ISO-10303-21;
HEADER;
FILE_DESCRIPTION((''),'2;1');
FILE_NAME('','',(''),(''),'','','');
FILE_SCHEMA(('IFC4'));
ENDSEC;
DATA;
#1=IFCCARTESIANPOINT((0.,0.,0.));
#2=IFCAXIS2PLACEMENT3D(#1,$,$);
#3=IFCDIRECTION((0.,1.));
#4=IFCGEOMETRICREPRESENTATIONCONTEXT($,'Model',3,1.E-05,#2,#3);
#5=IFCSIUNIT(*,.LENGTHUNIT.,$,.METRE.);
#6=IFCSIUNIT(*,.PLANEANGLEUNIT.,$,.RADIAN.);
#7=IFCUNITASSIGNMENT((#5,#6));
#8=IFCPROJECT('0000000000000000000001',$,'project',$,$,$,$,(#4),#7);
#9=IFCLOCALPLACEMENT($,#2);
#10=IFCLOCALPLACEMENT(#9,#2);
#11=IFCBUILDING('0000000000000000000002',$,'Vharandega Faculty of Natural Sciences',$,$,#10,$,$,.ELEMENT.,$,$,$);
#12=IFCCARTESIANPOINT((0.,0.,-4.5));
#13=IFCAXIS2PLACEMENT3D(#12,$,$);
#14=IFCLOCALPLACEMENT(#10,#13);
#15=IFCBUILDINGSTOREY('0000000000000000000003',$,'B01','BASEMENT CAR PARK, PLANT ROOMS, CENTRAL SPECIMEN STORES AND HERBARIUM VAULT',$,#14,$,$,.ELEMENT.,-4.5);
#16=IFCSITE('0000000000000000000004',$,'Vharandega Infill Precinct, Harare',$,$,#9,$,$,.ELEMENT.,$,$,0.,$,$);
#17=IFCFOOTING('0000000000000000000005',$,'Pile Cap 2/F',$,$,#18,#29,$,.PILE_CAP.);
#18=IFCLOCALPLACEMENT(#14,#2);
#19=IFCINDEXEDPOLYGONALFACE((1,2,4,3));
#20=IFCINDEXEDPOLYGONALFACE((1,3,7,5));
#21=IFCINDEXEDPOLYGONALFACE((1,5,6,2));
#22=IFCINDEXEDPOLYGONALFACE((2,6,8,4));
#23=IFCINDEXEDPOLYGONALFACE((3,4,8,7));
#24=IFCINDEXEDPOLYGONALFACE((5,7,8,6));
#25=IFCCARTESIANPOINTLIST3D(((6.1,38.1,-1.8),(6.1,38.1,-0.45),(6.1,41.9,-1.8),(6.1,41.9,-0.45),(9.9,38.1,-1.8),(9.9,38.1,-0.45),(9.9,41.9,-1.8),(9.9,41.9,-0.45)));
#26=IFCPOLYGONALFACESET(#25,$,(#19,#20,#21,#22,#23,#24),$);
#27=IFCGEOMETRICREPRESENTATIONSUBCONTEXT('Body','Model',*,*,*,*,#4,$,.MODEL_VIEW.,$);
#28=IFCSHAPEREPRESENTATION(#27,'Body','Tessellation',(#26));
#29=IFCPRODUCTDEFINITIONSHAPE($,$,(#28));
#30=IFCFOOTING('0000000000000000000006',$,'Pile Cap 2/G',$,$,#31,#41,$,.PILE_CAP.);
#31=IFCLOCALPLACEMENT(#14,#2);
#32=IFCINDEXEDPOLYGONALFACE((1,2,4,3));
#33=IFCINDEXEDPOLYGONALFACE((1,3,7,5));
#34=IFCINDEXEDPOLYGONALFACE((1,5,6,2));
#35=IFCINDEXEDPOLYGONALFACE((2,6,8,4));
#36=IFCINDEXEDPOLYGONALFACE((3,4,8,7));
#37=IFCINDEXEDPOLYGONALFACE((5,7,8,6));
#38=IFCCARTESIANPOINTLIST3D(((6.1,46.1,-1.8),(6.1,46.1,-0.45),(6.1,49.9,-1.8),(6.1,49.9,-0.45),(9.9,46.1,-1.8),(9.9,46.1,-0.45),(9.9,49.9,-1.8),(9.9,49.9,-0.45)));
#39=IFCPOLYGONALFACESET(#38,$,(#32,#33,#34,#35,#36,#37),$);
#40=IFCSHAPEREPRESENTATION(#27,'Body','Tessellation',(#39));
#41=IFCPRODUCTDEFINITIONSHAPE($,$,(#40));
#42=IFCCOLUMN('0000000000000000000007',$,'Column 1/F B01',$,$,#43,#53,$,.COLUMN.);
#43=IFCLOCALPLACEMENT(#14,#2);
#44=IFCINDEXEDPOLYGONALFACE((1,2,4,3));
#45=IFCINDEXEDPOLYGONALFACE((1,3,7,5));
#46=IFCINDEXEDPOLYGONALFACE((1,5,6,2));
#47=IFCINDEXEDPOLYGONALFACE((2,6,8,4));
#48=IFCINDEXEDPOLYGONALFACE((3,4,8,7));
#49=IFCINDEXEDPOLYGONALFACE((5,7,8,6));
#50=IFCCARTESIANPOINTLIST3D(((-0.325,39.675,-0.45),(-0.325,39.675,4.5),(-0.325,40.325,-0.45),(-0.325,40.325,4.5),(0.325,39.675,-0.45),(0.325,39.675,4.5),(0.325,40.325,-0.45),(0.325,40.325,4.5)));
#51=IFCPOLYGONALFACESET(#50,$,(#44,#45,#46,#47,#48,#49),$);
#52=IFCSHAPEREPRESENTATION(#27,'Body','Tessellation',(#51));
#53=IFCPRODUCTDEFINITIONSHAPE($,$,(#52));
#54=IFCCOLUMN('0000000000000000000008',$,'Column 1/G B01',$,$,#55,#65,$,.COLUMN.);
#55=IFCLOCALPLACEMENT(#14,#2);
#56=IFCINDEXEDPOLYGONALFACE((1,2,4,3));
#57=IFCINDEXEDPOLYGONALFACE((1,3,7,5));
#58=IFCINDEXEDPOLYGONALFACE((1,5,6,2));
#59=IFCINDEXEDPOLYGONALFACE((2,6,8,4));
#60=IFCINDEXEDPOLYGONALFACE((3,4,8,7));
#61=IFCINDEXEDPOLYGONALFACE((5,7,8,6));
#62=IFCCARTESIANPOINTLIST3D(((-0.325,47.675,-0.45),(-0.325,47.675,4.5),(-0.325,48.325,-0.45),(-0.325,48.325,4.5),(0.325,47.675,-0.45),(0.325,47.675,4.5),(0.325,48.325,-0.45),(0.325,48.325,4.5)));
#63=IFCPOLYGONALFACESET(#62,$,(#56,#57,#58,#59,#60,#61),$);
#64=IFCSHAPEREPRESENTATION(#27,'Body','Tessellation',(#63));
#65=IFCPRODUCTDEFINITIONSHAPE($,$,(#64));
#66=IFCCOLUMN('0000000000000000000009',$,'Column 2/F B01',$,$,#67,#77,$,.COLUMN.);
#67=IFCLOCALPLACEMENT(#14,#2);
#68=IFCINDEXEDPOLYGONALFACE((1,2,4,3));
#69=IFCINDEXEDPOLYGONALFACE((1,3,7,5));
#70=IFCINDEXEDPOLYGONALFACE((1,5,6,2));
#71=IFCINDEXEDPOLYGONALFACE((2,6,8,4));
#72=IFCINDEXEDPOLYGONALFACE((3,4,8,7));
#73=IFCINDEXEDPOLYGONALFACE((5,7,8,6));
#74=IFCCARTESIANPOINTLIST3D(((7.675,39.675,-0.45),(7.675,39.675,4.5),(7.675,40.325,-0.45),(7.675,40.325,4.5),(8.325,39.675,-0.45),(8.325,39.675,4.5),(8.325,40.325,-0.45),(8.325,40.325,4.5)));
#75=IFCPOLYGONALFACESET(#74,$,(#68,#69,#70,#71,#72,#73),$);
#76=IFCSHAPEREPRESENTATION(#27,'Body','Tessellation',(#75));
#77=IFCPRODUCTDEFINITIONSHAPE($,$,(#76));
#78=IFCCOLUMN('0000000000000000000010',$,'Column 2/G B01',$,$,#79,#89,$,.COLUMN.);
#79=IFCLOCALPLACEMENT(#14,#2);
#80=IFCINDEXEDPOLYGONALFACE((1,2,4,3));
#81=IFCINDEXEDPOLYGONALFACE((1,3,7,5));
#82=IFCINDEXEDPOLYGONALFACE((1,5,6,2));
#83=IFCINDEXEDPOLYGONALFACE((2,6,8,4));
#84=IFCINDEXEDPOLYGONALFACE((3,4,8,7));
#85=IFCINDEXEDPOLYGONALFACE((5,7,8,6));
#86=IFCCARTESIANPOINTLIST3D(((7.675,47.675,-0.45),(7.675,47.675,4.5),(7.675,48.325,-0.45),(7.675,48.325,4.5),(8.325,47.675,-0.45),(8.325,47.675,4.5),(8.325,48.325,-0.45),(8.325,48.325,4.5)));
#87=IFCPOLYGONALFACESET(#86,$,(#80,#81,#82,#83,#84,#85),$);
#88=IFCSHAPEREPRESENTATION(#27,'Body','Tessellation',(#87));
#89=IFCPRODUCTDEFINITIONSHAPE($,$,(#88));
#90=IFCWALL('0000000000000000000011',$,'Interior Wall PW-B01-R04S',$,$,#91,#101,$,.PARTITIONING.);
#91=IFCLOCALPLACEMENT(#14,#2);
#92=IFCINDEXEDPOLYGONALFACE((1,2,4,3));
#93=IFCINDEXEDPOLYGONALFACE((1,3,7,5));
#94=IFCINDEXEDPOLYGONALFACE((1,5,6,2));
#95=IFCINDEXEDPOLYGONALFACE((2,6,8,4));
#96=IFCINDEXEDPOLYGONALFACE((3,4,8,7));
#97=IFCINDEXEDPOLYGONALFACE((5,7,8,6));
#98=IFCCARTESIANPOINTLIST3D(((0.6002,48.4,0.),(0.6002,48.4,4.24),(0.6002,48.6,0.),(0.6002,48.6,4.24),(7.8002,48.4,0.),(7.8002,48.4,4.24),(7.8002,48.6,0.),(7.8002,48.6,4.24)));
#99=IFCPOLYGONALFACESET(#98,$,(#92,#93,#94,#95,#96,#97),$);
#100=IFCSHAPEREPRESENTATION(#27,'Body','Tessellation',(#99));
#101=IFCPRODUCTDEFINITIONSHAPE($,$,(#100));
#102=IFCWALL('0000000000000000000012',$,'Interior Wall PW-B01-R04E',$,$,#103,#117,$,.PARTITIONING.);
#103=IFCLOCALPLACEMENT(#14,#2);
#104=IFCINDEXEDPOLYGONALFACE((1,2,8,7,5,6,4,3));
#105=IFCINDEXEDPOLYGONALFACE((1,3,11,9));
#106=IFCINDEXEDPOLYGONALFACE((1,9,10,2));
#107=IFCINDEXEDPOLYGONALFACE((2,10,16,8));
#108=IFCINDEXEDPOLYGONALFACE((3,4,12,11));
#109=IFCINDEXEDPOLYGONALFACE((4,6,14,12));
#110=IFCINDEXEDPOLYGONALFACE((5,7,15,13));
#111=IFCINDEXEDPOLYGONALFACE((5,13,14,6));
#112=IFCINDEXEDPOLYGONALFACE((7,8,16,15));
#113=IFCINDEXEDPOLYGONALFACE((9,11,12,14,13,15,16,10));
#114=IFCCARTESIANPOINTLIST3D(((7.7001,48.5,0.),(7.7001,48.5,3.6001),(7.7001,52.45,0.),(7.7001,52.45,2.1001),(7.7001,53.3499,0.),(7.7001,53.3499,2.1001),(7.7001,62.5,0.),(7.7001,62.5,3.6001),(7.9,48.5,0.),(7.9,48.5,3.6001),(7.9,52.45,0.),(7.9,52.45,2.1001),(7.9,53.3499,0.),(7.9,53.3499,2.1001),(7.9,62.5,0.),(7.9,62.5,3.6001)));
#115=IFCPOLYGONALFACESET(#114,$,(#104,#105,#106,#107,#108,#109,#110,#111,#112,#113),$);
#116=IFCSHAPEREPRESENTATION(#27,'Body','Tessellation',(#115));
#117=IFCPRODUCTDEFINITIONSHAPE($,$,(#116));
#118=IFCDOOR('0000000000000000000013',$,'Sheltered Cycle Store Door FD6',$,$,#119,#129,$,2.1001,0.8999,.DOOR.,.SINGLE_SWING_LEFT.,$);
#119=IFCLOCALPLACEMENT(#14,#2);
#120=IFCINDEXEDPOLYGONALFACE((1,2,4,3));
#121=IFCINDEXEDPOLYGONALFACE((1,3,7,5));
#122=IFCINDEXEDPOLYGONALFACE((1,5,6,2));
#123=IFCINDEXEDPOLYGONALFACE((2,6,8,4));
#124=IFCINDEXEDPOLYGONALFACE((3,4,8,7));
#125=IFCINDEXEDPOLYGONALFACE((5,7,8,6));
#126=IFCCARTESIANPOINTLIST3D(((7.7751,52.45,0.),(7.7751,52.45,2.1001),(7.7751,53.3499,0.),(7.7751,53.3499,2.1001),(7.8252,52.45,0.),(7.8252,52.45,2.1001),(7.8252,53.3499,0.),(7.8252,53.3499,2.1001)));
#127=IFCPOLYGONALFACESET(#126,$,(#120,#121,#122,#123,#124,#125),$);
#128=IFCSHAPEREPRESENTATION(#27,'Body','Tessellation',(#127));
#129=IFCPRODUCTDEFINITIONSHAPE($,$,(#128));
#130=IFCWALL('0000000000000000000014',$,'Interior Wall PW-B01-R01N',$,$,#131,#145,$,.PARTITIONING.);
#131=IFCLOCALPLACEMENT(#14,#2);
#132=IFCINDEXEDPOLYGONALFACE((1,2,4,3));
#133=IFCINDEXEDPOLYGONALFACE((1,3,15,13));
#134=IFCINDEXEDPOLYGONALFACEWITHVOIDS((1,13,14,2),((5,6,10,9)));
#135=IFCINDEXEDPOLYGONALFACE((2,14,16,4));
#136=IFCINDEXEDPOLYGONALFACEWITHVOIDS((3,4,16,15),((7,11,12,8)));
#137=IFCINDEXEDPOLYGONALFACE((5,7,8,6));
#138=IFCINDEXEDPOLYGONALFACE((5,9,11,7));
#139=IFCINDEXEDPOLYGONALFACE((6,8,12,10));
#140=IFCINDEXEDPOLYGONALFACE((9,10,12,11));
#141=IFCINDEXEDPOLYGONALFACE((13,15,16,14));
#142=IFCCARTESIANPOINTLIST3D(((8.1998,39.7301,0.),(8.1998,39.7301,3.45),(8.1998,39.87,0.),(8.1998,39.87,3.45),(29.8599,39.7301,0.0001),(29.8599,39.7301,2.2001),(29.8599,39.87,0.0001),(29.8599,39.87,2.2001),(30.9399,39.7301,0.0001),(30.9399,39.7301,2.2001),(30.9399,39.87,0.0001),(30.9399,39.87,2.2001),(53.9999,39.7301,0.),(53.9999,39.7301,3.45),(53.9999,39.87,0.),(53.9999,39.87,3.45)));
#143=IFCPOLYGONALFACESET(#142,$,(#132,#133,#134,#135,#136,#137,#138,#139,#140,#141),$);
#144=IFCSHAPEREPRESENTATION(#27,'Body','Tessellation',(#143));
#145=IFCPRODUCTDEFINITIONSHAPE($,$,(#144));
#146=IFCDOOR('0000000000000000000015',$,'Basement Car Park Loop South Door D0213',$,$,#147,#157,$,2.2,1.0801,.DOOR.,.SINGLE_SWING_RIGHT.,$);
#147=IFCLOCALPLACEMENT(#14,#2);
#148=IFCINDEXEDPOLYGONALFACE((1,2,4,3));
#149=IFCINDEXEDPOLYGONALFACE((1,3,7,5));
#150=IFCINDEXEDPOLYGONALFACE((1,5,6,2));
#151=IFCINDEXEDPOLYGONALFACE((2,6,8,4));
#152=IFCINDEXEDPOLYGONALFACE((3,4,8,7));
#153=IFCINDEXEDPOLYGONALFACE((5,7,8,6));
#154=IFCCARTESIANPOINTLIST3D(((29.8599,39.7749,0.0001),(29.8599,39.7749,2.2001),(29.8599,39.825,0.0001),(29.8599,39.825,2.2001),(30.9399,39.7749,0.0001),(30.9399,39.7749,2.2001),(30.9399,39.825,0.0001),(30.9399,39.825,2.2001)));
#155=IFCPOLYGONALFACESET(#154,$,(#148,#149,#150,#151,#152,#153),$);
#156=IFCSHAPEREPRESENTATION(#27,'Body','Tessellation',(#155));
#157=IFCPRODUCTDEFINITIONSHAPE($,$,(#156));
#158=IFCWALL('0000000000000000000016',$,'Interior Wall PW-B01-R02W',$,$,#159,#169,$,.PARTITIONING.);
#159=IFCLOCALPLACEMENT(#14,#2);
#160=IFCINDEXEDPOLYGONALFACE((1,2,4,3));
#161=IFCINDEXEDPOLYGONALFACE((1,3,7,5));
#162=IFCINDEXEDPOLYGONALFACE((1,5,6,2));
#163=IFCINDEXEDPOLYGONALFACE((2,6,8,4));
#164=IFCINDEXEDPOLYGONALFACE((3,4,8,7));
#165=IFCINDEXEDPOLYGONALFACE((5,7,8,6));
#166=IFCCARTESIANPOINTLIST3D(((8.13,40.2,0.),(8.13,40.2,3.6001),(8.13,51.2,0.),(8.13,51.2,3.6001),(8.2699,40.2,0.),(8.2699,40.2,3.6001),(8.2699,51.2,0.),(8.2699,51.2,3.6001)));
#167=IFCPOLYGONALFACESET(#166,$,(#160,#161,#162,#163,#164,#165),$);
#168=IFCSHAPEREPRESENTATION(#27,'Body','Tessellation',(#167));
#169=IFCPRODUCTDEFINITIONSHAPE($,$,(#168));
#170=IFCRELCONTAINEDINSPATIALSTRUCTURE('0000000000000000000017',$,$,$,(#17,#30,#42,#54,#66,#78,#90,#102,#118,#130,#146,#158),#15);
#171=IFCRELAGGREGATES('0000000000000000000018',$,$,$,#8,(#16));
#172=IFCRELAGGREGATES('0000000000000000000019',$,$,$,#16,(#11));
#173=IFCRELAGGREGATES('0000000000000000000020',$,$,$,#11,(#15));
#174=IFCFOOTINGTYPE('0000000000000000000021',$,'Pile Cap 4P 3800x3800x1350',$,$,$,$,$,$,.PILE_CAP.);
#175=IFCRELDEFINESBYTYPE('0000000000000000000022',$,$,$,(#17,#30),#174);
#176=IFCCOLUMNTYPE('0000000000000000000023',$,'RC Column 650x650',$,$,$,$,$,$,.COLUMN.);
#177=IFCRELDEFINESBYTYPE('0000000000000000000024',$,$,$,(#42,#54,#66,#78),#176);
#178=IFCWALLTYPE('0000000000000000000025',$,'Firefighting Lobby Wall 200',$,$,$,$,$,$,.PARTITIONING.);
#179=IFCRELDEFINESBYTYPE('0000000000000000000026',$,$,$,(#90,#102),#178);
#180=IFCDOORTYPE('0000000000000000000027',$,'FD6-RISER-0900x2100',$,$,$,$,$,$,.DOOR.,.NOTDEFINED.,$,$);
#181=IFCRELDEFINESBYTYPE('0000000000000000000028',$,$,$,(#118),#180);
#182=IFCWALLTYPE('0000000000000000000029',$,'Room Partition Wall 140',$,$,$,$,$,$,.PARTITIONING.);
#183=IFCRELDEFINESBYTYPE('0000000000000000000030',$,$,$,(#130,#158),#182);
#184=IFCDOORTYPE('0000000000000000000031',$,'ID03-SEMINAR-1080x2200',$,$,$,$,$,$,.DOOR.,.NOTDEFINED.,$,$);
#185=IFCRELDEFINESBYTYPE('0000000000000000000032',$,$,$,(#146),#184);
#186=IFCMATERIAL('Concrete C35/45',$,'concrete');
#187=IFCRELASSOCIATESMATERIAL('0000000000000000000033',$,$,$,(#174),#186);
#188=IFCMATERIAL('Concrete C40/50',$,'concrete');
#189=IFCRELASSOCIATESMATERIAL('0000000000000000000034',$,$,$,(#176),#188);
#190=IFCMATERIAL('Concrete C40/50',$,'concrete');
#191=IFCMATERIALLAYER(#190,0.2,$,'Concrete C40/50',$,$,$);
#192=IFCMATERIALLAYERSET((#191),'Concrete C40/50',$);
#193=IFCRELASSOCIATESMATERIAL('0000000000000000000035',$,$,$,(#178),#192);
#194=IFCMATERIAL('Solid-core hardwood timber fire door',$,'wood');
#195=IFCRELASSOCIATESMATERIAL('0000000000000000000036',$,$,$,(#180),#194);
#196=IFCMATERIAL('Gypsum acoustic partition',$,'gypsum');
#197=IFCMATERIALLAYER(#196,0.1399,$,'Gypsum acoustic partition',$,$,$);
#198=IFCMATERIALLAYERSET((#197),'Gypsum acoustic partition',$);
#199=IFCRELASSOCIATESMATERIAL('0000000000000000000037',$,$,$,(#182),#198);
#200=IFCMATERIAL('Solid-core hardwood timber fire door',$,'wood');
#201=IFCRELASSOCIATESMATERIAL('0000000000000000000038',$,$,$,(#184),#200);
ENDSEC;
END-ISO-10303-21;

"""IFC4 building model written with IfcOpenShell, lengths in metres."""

from ifc_helpers import new_model, si_unit, direction, frame, frame_2d, origin, origin_2d, place, context, subcontext, project, spatial, rectangle, extrude, material, layer, layer_set, material_profile, profile_set, type_object, element, fill, save


model = new_model("IFC4")

# Units and contexts
model_context = context("Model", 3, precision=1e-05, world=origin(), true_north=direction((0.0, 1.0)))
body_context = subcontext(model_context, "Body", "Model", "MODEL_VIEW")
ifc_project = project(units=[si_unit("LENGTHUNIT", "METRE"), si_unit("PLANEANGLEUNIT", "RADIAN")], contexts=[model_context])

# Site, building, storey
site_placement = place(None, origin())
site = spatial("IfcSite", under=ifc_project, at=site_placement, Name="Vharandega Infill Precinct, Harare", CompositionType="ELEMENT", RefElevation=0.0)
building_placement = place(site_placement, origin())
building = spatial("IfcBuilding", under=site, at=building_placement, Name="Vharandega Faculty of Natural Sciences", CompositionType="ELEMENT")
storey_placement = place(building_placement, frame((0.0, 0.0, -4.5)))
storey = spatial("IfcBuildingStorey", under=building, at=storey_placement, Name="B01", Description="BASEMENT CAR PARK, PLANT ROOMS, CENTRAL SPECIMEN STORES AND HERBARIUM VAULT", CompositionType="ELEMENT", Elevation=-4.5)

# Footings
ifc_material_1 = material(Name="Concrete C35/45", Category="concrete")
footing_type_1 = type_object("IfcFootingType", Name="Pile Cap 4P 3800x3800x1350", PredefinedType="PILE_CAP", material=ifc_material_1)
for number, where, z_axis, x_axis, name in (
    (1, (8.0, 40.0, -1.8), (0.0, 0.0, 1.0), (1.0, 0.0, 0.0), "Pile Cap 2/F"),
    (2, (8.0, 48.0, -1.8), (0.0, 0.0, 1.0), (1.0, 0.0, 0.0), "Pile Cap 2/G"),
):
    element("IfcFooting", number, at=place(storey_placement, frame(where, z_axis=z_axis, x_axis=x_axis)), inside=storey, type_object=footing_type_1, Name=name, PredefinedType="PILE_CAP", context=body_context, shape_type="SweptSolid", body=[
        extrude(rectangle(XDim=3.8, YDim=3.8, at=origin_2d()), origin(), (0.0, 0.0, 1.0), 1.3501),
    ])

# Columns
ifc_material_2 = material(Name="Concrete C40/50", Category="concrete")
ifc_material_profile_1 = material_profile(ifc_material_2, rectangle(XDim=0.6499, YDim=0.6499, at=origin_2d()), Name="RC 650x650")
ifc_profile_set_1 = profile_set([ifc_material_profile_1], Name="Concrete C40/50")
column_type = type_object("IfcColumnType", Name="RC Column 650x650", PredefinedType="COLUMN", material=ifc_profile_set_1)
for number, where, z_axis, x_axis, name in (
    (3, (0.0, 40.0, -0.45), (0.0, 0.0, 1.0), (1.0, 0.0, 0.0), "Column 1/F B01"),
    (4, (0.0, 48.0, -0.45), (0.0, 0.0, 1.0), (1.0, 0.0, 0.0), "Column 1/G B01"),
    (5, (8.0, 40.0, -0.45), (0.0, 0.0, 1.0), (1.0, 0.0, 0.0), "Column 2/F B01"),
    (6, (8.0, 48.0, -0.45), (0.0, 0.0, 1.0), (1.0, 0.0, 0.0), "Column 2/G B01"),
):
    element("IfcColumn", number, at=place(storey_placement, frame(where, z_axis=z_axis, x_axis=x_axis)), inside=storey, type_object=column_type, Name=name, PredefinedType="COLUMN", context=body_context, shape_type="SweptSolid", body=[
        extrude(rectangle(XDim=0.6499, YDim=0.6499, at=origin_2d()), origin(), (0.0, 0.0, 1.0), 4.95),
    ])

# Wall
ifc_material_3 = material(Name="Concrete C40/50", Category="concrete")
ifc_layer_1 = layer(ifc_material_3, 0.2, Name="Concrete C40/50")
ifc_layer_set_1 = layer_set([ifc_layer_1], Name="Concrete C40/50")
wall_type_1 = type_object("IfcWallType", Name="Firefighting Lobby Wall 200", PredefinedType="PARTITIONING", material=ifc_layer_set_1)
wall_1_placement = place(storey_placement, frame((0.6001, 48.5, 0.0), z_axis=(0.0, 0.0, 1.0), x_axis=(1.0, 0.0, 0.0)))
element("IfcWall", 7, at=wall_1_placement, inside=storey, type_object=wall_type_1, Name="Interior Wall PW-B01-R04S", PredefinedType="PARTITIONING", context=body_context, shape_type="SweptSolid", body=[
    extrude(rectangle(XDim=7.2, YDim=0.2, at=frame_2d((3.6001, 0.0))), origin(), (0.0, 0.0, 1.0), 4.24),
])

# Walls, openings, doors
wall_2_placement = place(storey_placement, frame((7.8, 48.5, 0.0), z_axis=(0.0, 0.0, 1.0), x_axis=(0.0, 1.0, 0.0)))
wall_2 = element("IfcWall", 8, at=wall_2_placement, inside=storey, type_object=wall_type_1, Name="Interior Wall PW-B01-R04E", PredefinedType="PARTITIONING", context=body_context, shape_type="SweptSolid", body=[
    extrude(rectangle(XDim=14.0, YDim=0.2, at=frame_2d((7.0, 0.0))), origin(), (0.0, 0.0, 1.0), 3.6001),
])
opening_1_placement = place(wall_2_placement, frame((3.95, 0.0, 0.0)))
opening_1 = element("IfcOpeningElement", 9, at=opening_1_placement, cuts=wall_2, PredefinedType="OPENING", context=body_context, shape_type="SweptSolid", body=[
    extrude(rectangle(XDim=0.8999, YDim=2.1001, at=frame_2d((0.45, 1.05))), frame((0.0, 0.1099, 0.0), z_axis=(0.0, -1.0, 0.0), x_axis=(1.0, 0.0, 0.0)), (0.0, 0.0, 1.0), 0.22),
])
ifc_material_4 = material(Name="Solid-core hardwood timber fire door", Category="wood")
door_type_1 = type_object("IfcDoorType", Name="FD6-RISER-0900x2100", OperationType="NOTDEFINED", PredefinedType="DOOR", material=ifc_material_4)
door_1_placement = place(opening_1_placement, origin())
door_1 = element("IfcDoor", 10, at=door_1_placement, inside=storey, type_object=door_type_1, Name="Sheltered Cycle Store Door FD6", OperationType="SINGLE_SWING_LEFT", OverallHeight=2.1001, OverallWidth=0.8999, PredefinedType="DOOR", context=body_context, shape_type="SweptSolid", body=[
    extrude(rectangle(XDim=0.8999, YDim=2.1001, at=frame_2d((0.45, 1.05))), frame((0.0, 0.0249, 0.0), z_axis=(0.0, -1.0, 0.0), x_axis=(1.0, 0.0, 0.0)), (0.0, 0.0, 1.0), 0.05),
])
fill(opening_1, door_1)
ifc_material_5 = material(Name="Gypsum acoustic partition", Category="gypsum")
ifc_layer_2 = layer(ifc_material_5, 0.1399, Name="Gypsum acoustic partition")
ifc_layer_set_2 = layer_set([ifc_layer_2], Name="Gypsum acoustic partition")
wall_type_2 = type_object("IfcWallType", Name="Room Partition Wall 140", PredefinedType="PARTITIONING", material=ifc_layer_set_2)
wall_3_placement = place(storey_placement, frame((8.2, 39.8, 0.0), z_axis=(0.0, 0.0, 1.0), x_axis=(1.0, 0.0, 0.0)))
wall_3 = element("IfcWall", 11, at=wall_3_placement, inside=storey, type_object=wall_type_2, Name="Interior Wall PW-B01-R01N", PredefinedType="PARTITIONING", context=body_context, shape_type="SweptSolid", body=[
    extrude(rectangle(XDim=45.8, YDim=0.1399, at=frame_2d((22.8999, 0.0))), origin(), (0.0, 0.0, 1.0), 3.45),
])
opening_2_placement = place(wall_3_placement, frame((21.6599, 0.0, 0.0)))
opening_2 = element("IfcOpeningElement", 12, at=opening_2_placement, cuts=wall_3, PredefinedType="OPENING", context=body_context, shape_type="SweptSolid", body=[
    extrude(rectangle(XDim=1.0801, YDim=2.2, at=frame_2d((0.54, 1.1001))), frame((0.0, 0.0801, 0.0), z_axis=(0.0, -1.0, 0.0), x_axis=(1.0, 0.0, 0.0)), (0.0, 0.0, 1.0), 0.1599),
])
ifc_material_6 = material(Name="Solid-core hardwood timber fire door", Category="wood")
door_type_2 = type_object("IfcDoorType", Name="ID03-SEMINAR-1080x2200", OperationType="NOTDEFINED", PredefinedType="DOOR", material=ifc_material_6)
door_2_placement = place(opening_2_placement, origin())
door_2 = element("IfcDoor", 13, at=door_2_placement, inside=storey, type_object=door_type_2, Name="Basement Car Park Loop South Door D0213", OperationType="SINGLE_SWING_RIGHT", OverallHeight=2.2, OverallWidth=1.0801, PredefinedType="DOOR", context=body_context, shape_type="SweptSolid", body=[
    extrude(rectangle(XDim=1.0801, YDim=2.2, at=frame_2d((0.54, 1.1001))), frame((0.0, 0.0249, 0.0), z_axis=(0.0, -1.0, 0.0), x_axis=(1.0, 0.0, 0.0)), (0.0, 0.0, 1.0), 0.05),
])
fill(opening_2, door_2)

# Wall
wall_4_placement = place(storey_placement, frame((8.2, 40.2, 0.0), z_axis=(0.0, 0.0, 1.0), x_axis=(0.0, 1.0, 0.0)))
element("IfcWall", 14, at=wall_4_placement, inside=storey, type_object=wall_type_2, Name="Interior Wall PW-B01-R02W", PredefinedType="PARTITIONING", context=body_context, shape_type="SweptSolid", body=[
    extrude(rectangle(XDim=11.0, YDim=0.1399, at=frame_2d((5.5, 0.0))), origin(), (0.0, 0.0, 1.0), 3.6001),
])

save(model, "model.ifc")
